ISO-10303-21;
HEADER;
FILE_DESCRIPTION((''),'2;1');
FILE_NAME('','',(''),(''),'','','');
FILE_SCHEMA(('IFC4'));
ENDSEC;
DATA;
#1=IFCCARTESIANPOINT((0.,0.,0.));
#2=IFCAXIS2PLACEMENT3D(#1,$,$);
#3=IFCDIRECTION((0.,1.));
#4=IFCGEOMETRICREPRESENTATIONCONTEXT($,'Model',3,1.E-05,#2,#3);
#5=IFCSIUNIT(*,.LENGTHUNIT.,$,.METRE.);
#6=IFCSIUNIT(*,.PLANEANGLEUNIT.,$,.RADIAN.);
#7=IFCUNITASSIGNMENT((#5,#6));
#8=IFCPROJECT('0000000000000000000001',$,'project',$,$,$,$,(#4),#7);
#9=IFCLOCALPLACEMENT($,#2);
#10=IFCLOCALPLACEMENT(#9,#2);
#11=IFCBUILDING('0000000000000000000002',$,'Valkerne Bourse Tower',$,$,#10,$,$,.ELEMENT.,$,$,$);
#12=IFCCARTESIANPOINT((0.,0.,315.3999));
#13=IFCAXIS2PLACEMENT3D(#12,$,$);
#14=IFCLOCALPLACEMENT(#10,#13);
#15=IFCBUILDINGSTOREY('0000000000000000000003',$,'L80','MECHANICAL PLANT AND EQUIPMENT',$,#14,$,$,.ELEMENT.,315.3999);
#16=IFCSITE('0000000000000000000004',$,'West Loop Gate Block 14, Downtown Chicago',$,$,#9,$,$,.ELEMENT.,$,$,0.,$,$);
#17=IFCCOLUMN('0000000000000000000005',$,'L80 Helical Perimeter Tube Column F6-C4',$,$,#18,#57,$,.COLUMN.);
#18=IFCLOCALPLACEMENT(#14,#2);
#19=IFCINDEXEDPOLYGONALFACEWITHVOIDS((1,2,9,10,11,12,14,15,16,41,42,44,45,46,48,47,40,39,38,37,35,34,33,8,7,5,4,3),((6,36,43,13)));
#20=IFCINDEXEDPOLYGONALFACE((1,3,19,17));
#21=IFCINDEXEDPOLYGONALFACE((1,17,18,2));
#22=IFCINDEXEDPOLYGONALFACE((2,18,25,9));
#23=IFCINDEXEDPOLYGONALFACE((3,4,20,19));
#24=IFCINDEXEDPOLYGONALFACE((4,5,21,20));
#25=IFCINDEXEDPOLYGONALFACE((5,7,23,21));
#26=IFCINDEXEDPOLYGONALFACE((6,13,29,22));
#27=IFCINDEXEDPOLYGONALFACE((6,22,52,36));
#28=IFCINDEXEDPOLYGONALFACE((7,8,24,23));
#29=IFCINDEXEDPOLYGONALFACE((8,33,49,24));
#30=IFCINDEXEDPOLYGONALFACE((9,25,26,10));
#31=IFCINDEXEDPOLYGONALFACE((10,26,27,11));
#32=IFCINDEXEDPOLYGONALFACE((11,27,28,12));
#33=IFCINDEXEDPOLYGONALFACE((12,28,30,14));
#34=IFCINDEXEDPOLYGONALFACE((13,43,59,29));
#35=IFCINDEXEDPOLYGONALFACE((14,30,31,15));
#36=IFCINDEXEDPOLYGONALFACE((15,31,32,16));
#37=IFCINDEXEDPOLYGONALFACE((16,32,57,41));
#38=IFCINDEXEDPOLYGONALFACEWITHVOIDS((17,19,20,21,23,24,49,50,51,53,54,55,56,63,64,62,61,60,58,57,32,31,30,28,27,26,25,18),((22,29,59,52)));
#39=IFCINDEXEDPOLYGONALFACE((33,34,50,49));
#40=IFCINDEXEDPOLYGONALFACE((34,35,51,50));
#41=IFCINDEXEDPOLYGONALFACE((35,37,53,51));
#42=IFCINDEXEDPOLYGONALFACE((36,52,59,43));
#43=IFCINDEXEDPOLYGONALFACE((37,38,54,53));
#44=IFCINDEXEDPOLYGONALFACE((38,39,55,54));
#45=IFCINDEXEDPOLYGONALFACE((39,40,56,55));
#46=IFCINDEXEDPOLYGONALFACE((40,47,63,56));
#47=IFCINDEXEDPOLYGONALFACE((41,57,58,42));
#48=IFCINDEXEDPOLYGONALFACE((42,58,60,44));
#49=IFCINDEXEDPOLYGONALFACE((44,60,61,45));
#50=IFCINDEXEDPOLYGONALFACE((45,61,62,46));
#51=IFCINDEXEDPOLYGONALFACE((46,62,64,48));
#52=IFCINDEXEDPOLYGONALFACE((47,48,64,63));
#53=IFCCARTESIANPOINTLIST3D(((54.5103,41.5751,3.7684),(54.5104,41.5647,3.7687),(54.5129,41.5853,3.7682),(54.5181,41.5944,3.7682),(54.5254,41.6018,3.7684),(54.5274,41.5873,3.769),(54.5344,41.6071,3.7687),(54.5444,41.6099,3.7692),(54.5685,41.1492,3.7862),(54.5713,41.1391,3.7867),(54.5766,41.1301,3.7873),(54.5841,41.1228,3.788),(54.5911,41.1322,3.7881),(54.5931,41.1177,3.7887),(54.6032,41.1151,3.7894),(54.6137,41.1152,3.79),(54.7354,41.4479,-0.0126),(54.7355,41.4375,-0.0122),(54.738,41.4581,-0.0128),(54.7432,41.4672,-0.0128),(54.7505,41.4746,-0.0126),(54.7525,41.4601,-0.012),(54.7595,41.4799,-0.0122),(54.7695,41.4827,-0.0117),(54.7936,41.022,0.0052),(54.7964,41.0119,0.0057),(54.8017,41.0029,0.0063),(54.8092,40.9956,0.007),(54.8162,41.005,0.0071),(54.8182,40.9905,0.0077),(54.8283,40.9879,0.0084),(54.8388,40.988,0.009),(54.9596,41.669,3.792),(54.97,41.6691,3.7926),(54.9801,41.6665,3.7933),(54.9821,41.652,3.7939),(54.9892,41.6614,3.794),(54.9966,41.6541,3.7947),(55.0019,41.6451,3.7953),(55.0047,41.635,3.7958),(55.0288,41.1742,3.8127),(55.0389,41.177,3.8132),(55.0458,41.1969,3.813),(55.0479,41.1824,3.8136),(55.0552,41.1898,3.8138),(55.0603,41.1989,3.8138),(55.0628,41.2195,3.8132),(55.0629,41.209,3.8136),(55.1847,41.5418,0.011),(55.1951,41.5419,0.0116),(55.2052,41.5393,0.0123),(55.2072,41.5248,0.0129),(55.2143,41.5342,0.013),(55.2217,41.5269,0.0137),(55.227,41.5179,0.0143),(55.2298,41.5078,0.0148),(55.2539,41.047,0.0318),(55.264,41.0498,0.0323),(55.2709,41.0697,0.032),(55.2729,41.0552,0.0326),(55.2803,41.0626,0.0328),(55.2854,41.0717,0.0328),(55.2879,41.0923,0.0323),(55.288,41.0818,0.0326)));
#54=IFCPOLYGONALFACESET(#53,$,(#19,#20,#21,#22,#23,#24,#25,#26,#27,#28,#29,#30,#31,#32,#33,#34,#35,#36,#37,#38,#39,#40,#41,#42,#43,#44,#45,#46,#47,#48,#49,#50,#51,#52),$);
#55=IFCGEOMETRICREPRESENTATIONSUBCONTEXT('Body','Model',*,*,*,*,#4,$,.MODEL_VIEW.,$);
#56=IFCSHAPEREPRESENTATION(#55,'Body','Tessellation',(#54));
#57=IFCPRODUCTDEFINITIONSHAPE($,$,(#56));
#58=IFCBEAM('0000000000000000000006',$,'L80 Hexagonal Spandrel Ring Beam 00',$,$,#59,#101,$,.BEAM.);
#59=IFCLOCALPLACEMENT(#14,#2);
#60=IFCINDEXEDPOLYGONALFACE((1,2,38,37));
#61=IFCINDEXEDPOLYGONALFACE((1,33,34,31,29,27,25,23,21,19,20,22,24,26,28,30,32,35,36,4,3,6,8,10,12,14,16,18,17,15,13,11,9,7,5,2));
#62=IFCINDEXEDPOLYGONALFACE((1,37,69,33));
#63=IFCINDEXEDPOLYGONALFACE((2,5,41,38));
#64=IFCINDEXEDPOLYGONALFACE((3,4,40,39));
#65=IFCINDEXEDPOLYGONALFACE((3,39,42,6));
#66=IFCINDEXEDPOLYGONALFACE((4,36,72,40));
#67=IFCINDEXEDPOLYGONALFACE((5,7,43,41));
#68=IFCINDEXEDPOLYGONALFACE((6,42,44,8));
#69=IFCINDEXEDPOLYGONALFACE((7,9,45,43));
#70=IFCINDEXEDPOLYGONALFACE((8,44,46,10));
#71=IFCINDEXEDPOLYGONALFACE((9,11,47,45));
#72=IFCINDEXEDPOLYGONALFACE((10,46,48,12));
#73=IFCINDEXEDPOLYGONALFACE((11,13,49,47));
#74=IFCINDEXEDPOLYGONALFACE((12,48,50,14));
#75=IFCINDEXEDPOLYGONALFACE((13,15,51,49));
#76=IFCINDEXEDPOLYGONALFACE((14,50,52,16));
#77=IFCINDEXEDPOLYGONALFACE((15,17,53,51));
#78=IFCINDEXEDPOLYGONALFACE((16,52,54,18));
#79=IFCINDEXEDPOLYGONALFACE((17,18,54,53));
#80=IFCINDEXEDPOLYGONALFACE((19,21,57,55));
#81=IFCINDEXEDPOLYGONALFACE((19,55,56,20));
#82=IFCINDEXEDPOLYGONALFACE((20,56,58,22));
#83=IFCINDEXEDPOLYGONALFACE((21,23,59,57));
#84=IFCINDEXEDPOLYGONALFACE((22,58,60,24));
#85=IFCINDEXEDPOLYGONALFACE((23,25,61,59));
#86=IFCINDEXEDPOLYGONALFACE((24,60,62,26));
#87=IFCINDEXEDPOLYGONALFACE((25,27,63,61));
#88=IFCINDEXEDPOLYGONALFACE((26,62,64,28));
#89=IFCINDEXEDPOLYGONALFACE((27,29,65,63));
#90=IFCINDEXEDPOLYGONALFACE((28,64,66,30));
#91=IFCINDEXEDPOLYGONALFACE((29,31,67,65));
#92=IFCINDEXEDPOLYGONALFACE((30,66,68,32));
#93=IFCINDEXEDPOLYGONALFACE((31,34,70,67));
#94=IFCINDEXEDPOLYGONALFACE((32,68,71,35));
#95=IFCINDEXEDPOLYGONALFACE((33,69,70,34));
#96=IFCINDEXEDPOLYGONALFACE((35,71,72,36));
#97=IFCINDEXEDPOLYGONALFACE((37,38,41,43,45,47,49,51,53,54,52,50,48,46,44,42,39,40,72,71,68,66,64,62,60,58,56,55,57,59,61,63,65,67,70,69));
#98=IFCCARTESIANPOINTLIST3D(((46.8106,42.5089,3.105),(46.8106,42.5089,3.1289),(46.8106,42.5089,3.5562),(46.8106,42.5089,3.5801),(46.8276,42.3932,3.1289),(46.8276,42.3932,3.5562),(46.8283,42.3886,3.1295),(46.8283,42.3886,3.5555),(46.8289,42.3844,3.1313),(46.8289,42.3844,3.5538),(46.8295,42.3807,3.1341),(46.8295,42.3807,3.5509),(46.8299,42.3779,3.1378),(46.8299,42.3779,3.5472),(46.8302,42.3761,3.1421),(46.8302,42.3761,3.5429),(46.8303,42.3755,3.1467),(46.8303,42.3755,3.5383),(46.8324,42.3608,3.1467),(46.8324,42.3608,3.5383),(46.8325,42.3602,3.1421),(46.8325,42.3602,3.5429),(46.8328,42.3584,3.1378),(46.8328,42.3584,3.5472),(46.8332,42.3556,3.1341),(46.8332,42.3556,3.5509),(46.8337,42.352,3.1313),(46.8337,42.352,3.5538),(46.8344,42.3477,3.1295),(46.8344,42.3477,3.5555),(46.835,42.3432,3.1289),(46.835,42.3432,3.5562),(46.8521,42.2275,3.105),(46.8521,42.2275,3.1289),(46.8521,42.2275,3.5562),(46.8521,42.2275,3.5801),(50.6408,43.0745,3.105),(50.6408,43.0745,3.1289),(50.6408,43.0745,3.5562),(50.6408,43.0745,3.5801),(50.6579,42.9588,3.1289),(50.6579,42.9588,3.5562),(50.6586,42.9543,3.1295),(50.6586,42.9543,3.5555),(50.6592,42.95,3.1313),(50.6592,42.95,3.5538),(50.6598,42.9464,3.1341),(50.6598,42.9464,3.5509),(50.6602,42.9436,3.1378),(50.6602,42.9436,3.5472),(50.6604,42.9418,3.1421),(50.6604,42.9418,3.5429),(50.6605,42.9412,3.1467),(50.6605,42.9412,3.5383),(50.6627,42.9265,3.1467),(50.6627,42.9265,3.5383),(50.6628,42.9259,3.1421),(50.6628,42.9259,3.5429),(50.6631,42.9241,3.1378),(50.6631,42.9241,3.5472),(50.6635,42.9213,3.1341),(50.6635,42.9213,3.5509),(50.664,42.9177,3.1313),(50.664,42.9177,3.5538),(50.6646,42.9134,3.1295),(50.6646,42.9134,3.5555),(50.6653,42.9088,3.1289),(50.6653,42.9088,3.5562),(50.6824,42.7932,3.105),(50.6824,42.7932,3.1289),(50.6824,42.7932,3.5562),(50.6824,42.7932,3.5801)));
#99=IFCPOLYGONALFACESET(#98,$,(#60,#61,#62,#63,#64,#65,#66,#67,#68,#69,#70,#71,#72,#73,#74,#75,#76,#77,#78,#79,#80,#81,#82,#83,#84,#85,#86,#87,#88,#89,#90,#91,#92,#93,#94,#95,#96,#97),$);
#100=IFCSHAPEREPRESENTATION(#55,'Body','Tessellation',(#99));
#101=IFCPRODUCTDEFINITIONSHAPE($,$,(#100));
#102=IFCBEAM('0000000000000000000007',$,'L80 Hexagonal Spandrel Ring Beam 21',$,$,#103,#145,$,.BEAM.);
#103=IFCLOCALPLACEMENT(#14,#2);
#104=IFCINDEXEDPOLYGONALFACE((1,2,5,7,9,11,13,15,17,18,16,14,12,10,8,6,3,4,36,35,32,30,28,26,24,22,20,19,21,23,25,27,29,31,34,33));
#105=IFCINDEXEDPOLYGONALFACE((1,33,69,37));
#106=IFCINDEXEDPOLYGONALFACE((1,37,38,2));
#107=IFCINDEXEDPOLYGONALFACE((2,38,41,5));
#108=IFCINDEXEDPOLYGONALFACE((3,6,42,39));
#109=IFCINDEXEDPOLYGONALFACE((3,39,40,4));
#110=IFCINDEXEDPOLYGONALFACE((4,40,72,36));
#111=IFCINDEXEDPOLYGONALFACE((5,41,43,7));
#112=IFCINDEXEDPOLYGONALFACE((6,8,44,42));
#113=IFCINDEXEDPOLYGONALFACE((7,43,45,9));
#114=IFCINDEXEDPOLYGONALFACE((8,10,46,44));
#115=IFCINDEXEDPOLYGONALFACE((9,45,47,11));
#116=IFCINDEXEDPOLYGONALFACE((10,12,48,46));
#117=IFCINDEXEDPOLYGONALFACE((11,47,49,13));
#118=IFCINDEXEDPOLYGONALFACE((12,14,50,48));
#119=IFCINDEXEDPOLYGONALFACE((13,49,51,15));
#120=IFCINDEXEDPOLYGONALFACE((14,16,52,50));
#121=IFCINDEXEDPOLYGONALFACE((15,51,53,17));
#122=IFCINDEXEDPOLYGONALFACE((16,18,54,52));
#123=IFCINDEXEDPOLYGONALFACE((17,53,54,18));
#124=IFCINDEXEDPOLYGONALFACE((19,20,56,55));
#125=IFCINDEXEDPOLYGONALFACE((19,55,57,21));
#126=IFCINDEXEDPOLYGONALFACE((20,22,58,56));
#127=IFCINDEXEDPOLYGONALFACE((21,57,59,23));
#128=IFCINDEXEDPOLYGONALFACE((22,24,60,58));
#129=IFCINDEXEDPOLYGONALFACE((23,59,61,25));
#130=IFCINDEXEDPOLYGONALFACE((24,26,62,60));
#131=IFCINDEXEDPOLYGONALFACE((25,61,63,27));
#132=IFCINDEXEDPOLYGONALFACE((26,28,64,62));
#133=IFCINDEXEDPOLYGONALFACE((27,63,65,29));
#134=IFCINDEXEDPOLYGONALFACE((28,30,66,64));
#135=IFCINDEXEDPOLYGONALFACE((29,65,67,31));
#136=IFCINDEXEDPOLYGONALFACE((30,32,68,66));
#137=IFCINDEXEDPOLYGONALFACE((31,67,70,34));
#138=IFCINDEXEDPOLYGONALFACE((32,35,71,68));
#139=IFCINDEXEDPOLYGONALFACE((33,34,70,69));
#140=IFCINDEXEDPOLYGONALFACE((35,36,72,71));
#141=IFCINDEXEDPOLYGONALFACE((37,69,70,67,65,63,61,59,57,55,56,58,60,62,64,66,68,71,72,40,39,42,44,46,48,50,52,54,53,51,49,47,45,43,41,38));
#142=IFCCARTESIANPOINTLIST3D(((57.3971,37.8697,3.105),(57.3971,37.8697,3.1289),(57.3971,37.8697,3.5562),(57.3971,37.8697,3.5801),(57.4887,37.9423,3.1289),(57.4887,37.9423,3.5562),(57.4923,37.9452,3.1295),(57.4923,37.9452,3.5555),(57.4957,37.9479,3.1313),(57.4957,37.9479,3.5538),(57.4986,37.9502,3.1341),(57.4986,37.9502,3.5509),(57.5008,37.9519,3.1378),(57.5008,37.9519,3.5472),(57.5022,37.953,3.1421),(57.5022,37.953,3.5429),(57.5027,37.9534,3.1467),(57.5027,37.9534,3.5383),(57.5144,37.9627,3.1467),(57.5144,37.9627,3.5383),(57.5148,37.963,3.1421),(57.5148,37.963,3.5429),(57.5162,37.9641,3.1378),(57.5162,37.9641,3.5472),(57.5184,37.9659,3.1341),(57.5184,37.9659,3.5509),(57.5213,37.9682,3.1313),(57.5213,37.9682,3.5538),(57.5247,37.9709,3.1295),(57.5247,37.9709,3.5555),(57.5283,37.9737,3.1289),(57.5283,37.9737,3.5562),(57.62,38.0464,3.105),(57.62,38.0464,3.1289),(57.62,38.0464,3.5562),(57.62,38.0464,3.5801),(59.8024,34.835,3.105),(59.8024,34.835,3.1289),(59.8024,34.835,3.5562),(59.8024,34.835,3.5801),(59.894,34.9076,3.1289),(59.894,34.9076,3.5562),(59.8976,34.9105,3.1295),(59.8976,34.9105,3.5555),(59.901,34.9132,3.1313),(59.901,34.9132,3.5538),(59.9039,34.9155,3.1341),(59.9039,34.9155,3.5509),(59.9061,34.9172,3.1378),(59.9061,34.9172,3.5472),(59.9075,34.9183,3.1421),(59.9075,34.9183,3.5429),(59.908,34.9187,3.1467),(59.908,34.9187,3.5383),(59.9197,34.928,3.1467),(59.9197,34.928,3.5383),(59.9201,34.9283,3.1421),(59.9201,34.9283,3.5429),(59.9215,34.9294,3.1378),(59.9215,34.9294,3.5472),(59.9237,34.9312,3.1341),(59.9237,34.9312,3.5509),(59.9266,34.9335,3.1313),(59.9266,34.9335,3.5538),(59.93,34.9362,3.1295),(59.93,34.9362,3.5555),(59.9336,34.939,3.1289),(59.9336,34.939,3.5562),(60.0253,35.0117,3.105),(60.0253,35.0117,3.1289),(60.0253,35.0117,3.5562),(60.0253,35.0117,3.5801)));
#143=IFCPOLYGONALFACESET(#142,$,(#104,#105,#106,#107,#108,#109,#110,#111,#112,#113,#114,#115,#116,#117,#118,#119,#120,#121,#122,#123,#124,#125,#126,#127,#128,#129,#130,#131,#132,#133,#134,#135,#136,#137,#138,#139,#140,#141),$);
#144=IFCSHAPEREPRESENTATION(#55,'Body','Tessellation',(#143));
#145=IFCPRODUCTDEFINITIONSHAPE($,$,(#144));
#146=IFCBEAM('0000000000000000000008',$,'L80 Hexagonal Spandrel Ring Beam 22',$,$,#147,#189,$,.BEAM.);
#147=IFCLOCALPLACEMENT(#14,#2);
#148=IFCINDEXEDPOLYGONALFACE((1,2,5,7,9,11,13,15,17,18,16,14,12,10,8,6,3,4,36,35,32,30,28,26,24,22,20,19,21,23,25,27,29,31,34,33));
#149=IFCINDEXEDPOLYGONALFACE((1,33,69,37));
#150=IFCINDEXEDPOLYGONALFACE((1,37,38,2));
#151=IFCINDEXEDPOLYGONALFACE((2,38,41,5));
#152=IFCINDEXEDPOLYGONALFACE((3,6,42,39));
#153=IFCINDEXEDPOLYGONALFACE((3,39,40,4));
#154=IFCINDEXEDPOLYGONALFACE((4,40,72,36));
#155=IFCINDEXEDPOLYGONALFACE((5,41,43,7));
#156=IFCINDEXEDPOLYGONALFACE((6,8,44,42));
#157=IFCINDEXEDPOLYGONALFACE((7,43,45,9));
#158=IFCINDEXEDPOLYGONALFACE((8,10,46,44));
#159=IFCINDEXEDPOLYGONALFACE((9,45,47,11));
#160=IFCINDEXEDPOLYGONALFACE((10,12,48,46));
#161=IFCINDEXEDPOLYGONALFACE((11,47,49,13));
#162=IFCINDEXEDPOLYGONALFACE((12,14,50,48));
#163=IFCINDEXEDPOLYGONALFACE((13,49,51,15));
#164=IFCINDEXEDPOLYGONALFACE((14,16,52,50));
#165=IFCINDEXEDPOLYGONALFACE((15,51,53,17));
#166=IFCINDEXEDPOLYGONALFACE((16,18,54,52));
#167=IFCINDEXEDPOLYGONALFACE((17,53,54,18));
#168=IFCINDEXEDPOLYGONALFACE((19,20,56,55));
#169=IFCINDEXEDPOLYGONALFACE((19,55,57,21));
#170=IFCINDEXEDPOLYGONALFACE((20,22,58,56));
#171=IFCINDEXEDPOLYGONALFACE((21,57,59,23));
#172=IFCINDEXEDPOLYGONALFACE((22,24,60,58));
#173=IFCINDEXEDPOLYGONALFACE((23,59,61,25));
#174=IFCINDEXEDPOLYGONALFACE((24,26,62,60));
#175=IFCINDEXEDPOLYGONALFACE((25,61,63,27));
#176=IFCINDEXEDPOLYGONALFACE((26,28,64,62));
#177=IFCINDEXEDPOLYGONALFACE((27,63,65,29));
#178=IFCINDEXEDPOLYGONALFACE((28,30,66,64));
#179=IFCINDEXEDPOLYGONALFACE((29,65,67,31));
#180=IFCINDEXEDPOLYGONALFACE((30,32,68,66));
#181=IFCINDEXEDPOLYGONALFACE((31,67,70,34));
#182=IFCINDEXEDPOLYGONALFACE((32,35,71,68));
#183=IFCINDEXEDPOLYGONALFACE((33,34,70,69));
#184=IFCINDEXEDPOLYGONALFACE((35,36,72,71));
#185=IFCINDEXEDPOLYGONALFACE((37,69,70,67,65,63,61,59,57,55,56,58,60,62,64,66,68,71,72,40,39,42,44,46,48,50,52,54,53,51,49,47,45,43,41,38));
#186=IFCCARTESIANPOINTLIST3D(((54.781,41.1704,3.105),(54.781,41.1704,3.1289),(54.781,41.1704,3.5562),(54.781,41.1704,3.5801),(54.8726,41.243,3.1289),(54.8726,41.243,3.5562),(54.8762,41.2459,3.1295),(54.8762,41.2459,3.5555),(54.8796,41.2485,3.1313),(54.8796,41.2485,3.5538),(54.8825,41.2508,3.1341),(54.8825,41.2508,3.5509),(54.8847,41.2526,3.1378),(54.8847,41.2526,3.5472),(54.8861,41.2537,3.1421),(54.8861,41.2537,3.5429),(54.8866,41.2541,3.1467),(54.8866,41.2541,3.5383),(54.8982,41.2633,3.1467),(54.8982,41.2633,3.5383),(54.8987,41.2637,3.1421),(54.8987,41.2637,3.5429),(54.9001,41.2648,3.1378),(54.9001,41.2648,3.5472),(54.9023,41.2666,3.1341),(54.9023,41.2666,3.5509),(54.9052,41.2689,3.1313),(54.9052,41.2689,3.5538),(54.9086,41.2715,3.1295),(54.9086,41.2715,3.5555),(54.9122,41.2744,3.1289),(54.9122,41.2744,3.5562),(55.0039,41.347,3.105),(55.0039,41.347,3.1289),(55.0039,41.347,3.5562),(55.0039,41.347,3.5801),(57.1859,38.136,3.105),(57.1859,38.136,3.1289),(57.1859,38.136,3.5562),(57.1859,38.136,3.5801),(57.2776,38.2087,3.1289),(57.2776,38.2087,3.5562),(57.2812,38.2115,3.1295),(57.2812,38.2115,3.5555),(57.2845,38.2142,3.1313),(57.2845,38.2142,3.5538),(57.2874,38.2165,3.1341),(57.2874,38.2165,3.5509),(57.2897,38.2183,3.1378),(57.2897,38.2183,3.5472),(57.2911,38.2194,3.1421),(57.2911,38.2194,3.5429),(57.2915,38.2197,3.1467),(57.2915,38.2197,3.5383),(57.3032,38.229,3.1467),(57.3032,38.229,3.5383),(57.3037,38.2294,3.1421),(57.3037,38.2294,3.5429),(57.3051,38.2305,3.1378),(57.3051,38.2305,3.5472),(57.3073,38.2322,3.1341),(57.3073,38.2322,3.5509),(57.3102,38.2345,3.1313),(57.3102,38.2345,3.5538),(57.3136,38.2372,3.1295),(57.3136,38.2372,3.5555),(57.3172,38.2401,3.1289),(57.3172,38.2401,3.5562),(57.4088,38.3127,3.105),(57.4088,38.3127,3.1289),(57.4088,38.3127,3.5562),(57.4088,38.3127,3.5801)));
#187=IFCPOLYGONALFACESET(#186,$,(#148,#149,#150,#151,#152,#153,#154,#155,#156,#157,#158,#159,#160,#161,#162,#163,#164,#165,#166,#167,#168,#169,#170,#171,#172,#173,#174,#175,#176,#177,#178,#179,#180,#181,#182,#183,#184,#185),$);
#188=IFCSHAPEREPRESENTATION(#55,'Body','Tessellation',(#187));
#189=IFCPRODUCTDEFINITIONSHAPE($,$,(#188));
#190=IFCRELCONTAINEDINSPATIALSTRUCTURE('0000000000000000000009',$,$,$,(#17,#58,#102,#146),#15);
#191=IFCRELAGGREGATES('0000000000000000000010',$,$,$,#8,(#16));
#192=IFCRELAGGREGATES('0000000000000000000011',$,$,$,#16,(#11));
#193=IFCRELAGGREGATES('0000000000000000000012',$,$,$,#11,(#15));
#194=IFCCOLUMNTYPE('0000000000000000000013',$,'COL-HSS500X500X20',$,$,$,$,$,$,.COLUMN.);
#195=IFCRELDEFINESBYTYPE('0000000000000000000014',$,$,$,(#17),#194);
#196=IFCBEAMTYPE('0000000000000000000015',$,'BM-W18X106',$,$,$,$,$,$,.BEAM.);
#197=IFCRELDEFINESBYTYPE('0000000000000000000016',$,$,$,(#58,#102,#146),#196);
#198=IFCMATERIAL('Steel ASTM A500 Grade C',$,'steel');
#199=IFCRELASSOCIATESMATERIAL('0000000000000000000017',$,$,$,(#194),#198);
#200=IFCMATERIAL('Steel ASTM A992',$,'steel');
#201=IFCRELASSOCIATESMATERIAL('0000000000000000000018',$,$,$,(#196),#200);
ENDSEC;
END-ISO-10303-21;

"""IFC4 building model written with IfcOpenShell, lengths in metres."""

from ifc_helpers import new_model, si_unit, direction, frame, origin, origin_2d, place, context, subcontext, project, spatial, hollow_rectangle, i_section, extrude, material, material_profile, profile_set, type_object, element, save


model = new_model("IFC4")

# Units and contexts
model_context = context("Model", 3, precision=1e-05, world=origin(), true_north=direction((0.0, 1.0)))
body_context = subcontext(model_context, "Body", "Model", "MODEL_VIEW")
ifc_project = project(units=[si_unit("LENGTHUNIT", "METRE"), si_unit("PLANEANGLEUNIT", "RADIAN")], contexts=[model_context])

# Site, building, storey
site_placement = place(None, origin())
site = spatial("IfcSite", under=ifc_project, at=site_placement, Name="West Loop Gate Block 14, Downtown Chicago", CompositionType="ELEMENT", RefElevation=0.0)
building_placement = place(site_placement, origin())
building = spatial("IfcBuilding", under=site, at=building_placement, Name="Valkerne Bourse Tower", CompositionType="ELEMENT")
storey_placement = place(building_placement, frame((0.0, 0.0, 315.3999)))
storey = spatial("IfcBuildingStorey", under=building, at=storey_placement, Name="L80", Description="MECHANICAL PLANT AND EQUIPMENT", CompositionType="ELEMENT", Elevation=315.3999)

# Column
ifc_material_1 = material(Name="Steel ASTM A500 Grade C", Category="steel")
ifc_material_profile_1 = material_profile(ifc_material_1, hollow_rectangle(XDim=0.5, YDim=0.5, WallThickness=0.02, OuterFilletRadius=0.04, at=origin_2d()), Name="HSS500X500X20")
ifc_profile_set_1 = profile_set([ifc_material_profile_1], Name="Steel ASTM A500 Grade C")
column_type = type_object("IfcColumnType", Name="COL-HSS500X500X20", PredefinedType="COLUMN", material=ifc_profile_set_1)
column_1_placement = place(storey_placement, frame((55.0117, 41.2649, 0.01), z_axis=(-0.059395, 0.033563, 0.99767), x_axis=(0.988585, 0.140605, 0.054124)))
element("IfcColumn", 1, at=column_1_placement, inside=storey, type_object=column_type, Name="L80 Helical Perimeter Tube Column F6-C4", PredefinedType="COLUMN", context=body_context, shape_type="SweptSolid", body=[
    extrude(hollow_rectangle(XDim=0.5, YDim=0.5, WallThickness=0.02, OuterFilletRadius=0.04, at=origin_2d()), origin(), (0.0, 0.0, 1.0), 3.7898),
])

# Beams
ifc_material_2 = material(Name="Steel ASTM A992", Category="steel")
ifc_material_profile_2 = material_profile(ifc_material_2, i_section(OverallWidth=0.2844, OverallDepth=0.4751, WebThickness=0.0149, FlangeThickness=0.0239, FilletRadius=0.0178, at=origin_2d()), Name="W18X106")
ifc_profile_set_2 = profile_set([ifc_material_profile_2], Name="Steel ASTM A992")
beam_type = type_object("IfcBeamType", Name="BM-W18X106", PredefinedType="BEAM", material=ifc_profile_set_2)
beam_1_placement = place(storey_placement, frame((50.6616, 42.9338, 3.3425), z_axis=(-0.98927, -0.146098, 0.0), x_axis=(0.146098, -0.98927, 0.0)))
element("IfcBeam", 2, at=beam_1_placement, inside=storey, type_object=beam_type, Name="L80 Hexagonal Spandrel Ring Beam 00", PredefinedType="BEAM", context=body_context, shape_type="SweptSolid", body=[
    extrude(i_section(OverallWidth=0.2844, OverallDepth=0.4751, WebThickness=0.0149, FlangeThickness=0.0239, FilletRadius=0.0178, at=origin_2d()), origin(), (0.0, 0.0, 1.0), 3.8718),
])
beam_2_placement = place(storey_placement, frame((59.9138, 34.9233, 3.3425), z_axis=(-0.621152, 0.78369, 0.0), x_axis=(-0.78369, -0.621152, 0.0)))
element("IfcBeam", 3, at=beam_2_placement, inside=storey, type_object=beam_type, Name="L80 Hexagonal Spandrel Ring Beam 21", PredefinedType="BEAM", context=body_context, shape_type="SweptSolid", body=[
    extrude(i_section(OverallWidth=0.2844, OverallDepth=0.4751, WebThickness=0.0149, FlangeThickness=0.0239, FilletRadius=0.0178, at=origin_2d()), origin(), (0.0, 0.0, 1.0), 3.8723),
])
beam_3_placement = place(storey_placement, frame((57.2974, 38.2244, 3.3425), z_axis=(-0.621144, 0.783697, 0.0), x_axis=(-0.783697, -0.621144, 0.0)))
element("IfcBeam", 4, at=beam_3_placement, inside=storey, type_object=beam_type, Name="L80 Hexagonal Spandrel Ring Beam 22", PredefinedType="BEAM", context=body_context, shape_type="SweptSolid", body=[
    extrude(i_section(OverallWidth=0.2844, OverallDepth=0.4751, WebThickness=0.0149, FlangeThickness=0.0239, FilletRadius=0.0178, at=origin_2d()), origin(), (0.0, 0.0, 1.0), 3.8718),
])

save(model, "model.ifc")
